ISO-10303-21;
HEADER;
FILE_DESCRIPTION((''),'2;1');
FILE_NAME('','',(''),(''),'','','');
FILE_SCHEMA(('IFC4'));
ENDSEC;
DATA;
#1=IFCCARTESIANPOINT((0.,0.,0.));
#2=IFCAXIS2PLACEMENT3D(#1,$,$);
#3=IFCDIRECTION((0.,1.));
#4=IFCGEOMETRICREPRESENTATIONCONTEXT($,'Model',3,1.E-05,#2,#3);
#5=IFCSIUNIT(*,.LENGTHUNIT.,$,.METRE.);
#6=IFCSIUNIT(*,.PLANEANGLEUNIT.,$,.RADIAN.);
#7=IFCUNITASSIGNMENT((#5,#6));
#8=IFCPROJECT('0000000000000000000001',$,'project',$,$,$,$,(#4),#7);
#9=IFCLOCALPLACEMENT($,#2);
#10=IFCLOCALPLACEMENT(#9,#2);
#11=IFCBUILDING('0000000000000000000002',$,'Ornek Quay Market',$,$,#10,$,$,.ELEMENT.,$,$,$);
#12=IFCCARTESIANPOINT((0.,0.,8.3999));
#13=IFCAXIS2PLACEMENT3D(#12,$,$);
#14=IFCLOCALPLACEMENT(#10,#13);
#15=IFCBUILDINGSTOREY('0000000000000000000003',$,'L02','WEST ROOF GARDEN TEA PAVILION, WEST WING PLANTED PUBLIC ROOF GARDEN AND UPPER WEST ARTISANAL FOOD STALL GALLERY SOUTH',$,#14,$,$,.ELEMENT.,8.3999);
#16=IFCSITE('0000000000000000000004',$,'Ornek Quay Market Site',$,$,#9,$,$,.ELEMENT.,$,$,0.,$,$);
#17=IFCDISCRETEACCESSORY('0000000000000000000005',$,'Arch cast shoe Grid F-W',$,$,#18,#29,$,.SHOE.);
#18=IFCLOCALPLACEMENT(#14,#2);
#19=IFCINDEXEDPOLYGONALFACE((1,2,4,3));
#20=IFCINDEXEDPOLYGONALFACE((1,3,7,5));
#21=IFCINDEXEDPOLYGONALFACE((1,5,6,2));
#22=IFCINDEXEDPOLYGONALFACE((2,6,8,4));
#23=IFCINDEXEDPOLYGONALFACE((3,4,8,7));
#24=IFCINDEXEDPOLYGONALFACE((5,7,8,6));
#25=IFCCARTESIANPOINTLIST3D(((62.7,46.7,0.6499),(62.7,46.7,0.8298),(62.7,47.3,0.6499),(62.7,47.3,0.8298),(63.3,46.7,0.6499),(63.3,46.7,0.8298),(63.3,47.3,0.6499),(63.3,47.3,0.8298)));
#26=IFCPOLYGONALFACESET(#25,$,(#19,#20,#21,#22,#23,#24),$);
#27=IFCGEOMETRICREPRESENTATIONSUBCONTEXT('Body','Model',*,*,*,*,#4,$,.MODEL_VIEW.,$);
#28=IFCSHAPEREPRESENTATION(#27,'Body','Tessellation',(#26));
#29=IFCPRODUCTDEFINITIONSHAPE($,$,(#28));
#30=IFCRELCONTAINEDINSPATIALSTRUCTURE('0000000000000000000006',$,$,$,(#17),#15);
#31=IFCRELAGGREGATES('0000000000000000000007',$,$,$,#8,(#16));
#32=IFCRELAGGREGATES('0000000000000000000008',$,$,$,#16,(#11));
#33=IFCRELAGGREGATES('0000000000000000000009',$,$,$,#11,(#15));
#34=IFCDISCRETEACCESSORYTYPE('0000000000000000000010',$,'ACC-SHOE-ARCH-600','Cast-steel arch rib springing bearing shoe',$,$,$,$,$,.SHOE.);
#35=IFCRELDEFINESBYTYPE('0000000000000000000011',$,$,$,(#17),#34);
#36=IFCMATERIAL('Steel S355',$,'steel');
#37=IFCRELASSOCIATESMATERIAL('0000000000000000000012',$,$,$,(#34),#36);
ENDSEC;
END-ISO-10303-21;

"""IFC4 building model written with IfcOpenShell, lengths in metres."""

from ifc_helpers import new_model, si_unit, direction, frame, origin, origin_2d, place, context, subcontext, project, spatial, rectangle, extrude, material, type_object, element, save


model = new_model("IFC4")

# Units and contexts
model_context = context("Model", 3, precision=1e-05, world=origin(), true_north=direction((0.0, 1.0)))
body_context = subcontext(model_context, "Body", "Model", "MODEL_VIEW")
ifc_project = project(units=[si_unit("LENGTHUNIT", "METRE"), si_unit("PLANEANGLEUNIT", "RADIAN")], contexts=[model_context])

# Site, building, storey
site_placement = place(None, origin())
site = spatial("IfcSite", under=ifc_project, at=site_placement, Name="Ornek Quay Market Site", CompositionType="ELEMENT", RefElevation=0.0)
building_placement = place(site_placement, origin())
building = spatial("IfcBuilding", under=site, at=building_placement, Name="Ornek Quay Market", CompositionType="ELEMENT")
storey_placement = place(building_placement, frame((0.0, 0.0, 8.3999)))
storey = spatial("IfcBuildingStorey", under=building, at=storey_placement, Name="L02", Description="WEST ROOF GARDEN TEA PAVILION, WEST WING PLANTED PUBLIC ROOF GARDEN AND UPPER WEST ARTISANAL FOOD STALL GALLERY SOUTH", CompositionType="ELEMENT", Elevation=8.3999)

# Shared definitions
ifc_material_1 = material(Name="Steel S355", Category="steel")

# Discrete accessory
discrete_accessory_type = type_object("IfcDiscreteAccessoryType", Name="ACC-SHOE-ARCH-600", Description="Cast-steel arch rib springing bearing shoe", PredefinedType="SHOE", material=ifc_material_1)
discrete_accessory_placement = place(storey_placement, frame((63.0, 47.0, 0.6499), z_axis=(0.0, 0.0, 1.0), x_axis=(1.0, 0.0, 0.0)))
element("IfcDiscreteAccessory", 1, at=discrete_accessory_placement, inside=storey, type_object=discrete_accessory_type, Name="Arch cast shoe Grid F-W", PredefinedType="SHOE", context=body_context, shape_type="SweptSolid", body=[
    extrude(rectangle(XDim=0.6001, YDim=0.6001, at=origin_2d()), origin(), (0.0, 0.0, 1.0), 0.1799),
])

save(model, "model.ifc")
